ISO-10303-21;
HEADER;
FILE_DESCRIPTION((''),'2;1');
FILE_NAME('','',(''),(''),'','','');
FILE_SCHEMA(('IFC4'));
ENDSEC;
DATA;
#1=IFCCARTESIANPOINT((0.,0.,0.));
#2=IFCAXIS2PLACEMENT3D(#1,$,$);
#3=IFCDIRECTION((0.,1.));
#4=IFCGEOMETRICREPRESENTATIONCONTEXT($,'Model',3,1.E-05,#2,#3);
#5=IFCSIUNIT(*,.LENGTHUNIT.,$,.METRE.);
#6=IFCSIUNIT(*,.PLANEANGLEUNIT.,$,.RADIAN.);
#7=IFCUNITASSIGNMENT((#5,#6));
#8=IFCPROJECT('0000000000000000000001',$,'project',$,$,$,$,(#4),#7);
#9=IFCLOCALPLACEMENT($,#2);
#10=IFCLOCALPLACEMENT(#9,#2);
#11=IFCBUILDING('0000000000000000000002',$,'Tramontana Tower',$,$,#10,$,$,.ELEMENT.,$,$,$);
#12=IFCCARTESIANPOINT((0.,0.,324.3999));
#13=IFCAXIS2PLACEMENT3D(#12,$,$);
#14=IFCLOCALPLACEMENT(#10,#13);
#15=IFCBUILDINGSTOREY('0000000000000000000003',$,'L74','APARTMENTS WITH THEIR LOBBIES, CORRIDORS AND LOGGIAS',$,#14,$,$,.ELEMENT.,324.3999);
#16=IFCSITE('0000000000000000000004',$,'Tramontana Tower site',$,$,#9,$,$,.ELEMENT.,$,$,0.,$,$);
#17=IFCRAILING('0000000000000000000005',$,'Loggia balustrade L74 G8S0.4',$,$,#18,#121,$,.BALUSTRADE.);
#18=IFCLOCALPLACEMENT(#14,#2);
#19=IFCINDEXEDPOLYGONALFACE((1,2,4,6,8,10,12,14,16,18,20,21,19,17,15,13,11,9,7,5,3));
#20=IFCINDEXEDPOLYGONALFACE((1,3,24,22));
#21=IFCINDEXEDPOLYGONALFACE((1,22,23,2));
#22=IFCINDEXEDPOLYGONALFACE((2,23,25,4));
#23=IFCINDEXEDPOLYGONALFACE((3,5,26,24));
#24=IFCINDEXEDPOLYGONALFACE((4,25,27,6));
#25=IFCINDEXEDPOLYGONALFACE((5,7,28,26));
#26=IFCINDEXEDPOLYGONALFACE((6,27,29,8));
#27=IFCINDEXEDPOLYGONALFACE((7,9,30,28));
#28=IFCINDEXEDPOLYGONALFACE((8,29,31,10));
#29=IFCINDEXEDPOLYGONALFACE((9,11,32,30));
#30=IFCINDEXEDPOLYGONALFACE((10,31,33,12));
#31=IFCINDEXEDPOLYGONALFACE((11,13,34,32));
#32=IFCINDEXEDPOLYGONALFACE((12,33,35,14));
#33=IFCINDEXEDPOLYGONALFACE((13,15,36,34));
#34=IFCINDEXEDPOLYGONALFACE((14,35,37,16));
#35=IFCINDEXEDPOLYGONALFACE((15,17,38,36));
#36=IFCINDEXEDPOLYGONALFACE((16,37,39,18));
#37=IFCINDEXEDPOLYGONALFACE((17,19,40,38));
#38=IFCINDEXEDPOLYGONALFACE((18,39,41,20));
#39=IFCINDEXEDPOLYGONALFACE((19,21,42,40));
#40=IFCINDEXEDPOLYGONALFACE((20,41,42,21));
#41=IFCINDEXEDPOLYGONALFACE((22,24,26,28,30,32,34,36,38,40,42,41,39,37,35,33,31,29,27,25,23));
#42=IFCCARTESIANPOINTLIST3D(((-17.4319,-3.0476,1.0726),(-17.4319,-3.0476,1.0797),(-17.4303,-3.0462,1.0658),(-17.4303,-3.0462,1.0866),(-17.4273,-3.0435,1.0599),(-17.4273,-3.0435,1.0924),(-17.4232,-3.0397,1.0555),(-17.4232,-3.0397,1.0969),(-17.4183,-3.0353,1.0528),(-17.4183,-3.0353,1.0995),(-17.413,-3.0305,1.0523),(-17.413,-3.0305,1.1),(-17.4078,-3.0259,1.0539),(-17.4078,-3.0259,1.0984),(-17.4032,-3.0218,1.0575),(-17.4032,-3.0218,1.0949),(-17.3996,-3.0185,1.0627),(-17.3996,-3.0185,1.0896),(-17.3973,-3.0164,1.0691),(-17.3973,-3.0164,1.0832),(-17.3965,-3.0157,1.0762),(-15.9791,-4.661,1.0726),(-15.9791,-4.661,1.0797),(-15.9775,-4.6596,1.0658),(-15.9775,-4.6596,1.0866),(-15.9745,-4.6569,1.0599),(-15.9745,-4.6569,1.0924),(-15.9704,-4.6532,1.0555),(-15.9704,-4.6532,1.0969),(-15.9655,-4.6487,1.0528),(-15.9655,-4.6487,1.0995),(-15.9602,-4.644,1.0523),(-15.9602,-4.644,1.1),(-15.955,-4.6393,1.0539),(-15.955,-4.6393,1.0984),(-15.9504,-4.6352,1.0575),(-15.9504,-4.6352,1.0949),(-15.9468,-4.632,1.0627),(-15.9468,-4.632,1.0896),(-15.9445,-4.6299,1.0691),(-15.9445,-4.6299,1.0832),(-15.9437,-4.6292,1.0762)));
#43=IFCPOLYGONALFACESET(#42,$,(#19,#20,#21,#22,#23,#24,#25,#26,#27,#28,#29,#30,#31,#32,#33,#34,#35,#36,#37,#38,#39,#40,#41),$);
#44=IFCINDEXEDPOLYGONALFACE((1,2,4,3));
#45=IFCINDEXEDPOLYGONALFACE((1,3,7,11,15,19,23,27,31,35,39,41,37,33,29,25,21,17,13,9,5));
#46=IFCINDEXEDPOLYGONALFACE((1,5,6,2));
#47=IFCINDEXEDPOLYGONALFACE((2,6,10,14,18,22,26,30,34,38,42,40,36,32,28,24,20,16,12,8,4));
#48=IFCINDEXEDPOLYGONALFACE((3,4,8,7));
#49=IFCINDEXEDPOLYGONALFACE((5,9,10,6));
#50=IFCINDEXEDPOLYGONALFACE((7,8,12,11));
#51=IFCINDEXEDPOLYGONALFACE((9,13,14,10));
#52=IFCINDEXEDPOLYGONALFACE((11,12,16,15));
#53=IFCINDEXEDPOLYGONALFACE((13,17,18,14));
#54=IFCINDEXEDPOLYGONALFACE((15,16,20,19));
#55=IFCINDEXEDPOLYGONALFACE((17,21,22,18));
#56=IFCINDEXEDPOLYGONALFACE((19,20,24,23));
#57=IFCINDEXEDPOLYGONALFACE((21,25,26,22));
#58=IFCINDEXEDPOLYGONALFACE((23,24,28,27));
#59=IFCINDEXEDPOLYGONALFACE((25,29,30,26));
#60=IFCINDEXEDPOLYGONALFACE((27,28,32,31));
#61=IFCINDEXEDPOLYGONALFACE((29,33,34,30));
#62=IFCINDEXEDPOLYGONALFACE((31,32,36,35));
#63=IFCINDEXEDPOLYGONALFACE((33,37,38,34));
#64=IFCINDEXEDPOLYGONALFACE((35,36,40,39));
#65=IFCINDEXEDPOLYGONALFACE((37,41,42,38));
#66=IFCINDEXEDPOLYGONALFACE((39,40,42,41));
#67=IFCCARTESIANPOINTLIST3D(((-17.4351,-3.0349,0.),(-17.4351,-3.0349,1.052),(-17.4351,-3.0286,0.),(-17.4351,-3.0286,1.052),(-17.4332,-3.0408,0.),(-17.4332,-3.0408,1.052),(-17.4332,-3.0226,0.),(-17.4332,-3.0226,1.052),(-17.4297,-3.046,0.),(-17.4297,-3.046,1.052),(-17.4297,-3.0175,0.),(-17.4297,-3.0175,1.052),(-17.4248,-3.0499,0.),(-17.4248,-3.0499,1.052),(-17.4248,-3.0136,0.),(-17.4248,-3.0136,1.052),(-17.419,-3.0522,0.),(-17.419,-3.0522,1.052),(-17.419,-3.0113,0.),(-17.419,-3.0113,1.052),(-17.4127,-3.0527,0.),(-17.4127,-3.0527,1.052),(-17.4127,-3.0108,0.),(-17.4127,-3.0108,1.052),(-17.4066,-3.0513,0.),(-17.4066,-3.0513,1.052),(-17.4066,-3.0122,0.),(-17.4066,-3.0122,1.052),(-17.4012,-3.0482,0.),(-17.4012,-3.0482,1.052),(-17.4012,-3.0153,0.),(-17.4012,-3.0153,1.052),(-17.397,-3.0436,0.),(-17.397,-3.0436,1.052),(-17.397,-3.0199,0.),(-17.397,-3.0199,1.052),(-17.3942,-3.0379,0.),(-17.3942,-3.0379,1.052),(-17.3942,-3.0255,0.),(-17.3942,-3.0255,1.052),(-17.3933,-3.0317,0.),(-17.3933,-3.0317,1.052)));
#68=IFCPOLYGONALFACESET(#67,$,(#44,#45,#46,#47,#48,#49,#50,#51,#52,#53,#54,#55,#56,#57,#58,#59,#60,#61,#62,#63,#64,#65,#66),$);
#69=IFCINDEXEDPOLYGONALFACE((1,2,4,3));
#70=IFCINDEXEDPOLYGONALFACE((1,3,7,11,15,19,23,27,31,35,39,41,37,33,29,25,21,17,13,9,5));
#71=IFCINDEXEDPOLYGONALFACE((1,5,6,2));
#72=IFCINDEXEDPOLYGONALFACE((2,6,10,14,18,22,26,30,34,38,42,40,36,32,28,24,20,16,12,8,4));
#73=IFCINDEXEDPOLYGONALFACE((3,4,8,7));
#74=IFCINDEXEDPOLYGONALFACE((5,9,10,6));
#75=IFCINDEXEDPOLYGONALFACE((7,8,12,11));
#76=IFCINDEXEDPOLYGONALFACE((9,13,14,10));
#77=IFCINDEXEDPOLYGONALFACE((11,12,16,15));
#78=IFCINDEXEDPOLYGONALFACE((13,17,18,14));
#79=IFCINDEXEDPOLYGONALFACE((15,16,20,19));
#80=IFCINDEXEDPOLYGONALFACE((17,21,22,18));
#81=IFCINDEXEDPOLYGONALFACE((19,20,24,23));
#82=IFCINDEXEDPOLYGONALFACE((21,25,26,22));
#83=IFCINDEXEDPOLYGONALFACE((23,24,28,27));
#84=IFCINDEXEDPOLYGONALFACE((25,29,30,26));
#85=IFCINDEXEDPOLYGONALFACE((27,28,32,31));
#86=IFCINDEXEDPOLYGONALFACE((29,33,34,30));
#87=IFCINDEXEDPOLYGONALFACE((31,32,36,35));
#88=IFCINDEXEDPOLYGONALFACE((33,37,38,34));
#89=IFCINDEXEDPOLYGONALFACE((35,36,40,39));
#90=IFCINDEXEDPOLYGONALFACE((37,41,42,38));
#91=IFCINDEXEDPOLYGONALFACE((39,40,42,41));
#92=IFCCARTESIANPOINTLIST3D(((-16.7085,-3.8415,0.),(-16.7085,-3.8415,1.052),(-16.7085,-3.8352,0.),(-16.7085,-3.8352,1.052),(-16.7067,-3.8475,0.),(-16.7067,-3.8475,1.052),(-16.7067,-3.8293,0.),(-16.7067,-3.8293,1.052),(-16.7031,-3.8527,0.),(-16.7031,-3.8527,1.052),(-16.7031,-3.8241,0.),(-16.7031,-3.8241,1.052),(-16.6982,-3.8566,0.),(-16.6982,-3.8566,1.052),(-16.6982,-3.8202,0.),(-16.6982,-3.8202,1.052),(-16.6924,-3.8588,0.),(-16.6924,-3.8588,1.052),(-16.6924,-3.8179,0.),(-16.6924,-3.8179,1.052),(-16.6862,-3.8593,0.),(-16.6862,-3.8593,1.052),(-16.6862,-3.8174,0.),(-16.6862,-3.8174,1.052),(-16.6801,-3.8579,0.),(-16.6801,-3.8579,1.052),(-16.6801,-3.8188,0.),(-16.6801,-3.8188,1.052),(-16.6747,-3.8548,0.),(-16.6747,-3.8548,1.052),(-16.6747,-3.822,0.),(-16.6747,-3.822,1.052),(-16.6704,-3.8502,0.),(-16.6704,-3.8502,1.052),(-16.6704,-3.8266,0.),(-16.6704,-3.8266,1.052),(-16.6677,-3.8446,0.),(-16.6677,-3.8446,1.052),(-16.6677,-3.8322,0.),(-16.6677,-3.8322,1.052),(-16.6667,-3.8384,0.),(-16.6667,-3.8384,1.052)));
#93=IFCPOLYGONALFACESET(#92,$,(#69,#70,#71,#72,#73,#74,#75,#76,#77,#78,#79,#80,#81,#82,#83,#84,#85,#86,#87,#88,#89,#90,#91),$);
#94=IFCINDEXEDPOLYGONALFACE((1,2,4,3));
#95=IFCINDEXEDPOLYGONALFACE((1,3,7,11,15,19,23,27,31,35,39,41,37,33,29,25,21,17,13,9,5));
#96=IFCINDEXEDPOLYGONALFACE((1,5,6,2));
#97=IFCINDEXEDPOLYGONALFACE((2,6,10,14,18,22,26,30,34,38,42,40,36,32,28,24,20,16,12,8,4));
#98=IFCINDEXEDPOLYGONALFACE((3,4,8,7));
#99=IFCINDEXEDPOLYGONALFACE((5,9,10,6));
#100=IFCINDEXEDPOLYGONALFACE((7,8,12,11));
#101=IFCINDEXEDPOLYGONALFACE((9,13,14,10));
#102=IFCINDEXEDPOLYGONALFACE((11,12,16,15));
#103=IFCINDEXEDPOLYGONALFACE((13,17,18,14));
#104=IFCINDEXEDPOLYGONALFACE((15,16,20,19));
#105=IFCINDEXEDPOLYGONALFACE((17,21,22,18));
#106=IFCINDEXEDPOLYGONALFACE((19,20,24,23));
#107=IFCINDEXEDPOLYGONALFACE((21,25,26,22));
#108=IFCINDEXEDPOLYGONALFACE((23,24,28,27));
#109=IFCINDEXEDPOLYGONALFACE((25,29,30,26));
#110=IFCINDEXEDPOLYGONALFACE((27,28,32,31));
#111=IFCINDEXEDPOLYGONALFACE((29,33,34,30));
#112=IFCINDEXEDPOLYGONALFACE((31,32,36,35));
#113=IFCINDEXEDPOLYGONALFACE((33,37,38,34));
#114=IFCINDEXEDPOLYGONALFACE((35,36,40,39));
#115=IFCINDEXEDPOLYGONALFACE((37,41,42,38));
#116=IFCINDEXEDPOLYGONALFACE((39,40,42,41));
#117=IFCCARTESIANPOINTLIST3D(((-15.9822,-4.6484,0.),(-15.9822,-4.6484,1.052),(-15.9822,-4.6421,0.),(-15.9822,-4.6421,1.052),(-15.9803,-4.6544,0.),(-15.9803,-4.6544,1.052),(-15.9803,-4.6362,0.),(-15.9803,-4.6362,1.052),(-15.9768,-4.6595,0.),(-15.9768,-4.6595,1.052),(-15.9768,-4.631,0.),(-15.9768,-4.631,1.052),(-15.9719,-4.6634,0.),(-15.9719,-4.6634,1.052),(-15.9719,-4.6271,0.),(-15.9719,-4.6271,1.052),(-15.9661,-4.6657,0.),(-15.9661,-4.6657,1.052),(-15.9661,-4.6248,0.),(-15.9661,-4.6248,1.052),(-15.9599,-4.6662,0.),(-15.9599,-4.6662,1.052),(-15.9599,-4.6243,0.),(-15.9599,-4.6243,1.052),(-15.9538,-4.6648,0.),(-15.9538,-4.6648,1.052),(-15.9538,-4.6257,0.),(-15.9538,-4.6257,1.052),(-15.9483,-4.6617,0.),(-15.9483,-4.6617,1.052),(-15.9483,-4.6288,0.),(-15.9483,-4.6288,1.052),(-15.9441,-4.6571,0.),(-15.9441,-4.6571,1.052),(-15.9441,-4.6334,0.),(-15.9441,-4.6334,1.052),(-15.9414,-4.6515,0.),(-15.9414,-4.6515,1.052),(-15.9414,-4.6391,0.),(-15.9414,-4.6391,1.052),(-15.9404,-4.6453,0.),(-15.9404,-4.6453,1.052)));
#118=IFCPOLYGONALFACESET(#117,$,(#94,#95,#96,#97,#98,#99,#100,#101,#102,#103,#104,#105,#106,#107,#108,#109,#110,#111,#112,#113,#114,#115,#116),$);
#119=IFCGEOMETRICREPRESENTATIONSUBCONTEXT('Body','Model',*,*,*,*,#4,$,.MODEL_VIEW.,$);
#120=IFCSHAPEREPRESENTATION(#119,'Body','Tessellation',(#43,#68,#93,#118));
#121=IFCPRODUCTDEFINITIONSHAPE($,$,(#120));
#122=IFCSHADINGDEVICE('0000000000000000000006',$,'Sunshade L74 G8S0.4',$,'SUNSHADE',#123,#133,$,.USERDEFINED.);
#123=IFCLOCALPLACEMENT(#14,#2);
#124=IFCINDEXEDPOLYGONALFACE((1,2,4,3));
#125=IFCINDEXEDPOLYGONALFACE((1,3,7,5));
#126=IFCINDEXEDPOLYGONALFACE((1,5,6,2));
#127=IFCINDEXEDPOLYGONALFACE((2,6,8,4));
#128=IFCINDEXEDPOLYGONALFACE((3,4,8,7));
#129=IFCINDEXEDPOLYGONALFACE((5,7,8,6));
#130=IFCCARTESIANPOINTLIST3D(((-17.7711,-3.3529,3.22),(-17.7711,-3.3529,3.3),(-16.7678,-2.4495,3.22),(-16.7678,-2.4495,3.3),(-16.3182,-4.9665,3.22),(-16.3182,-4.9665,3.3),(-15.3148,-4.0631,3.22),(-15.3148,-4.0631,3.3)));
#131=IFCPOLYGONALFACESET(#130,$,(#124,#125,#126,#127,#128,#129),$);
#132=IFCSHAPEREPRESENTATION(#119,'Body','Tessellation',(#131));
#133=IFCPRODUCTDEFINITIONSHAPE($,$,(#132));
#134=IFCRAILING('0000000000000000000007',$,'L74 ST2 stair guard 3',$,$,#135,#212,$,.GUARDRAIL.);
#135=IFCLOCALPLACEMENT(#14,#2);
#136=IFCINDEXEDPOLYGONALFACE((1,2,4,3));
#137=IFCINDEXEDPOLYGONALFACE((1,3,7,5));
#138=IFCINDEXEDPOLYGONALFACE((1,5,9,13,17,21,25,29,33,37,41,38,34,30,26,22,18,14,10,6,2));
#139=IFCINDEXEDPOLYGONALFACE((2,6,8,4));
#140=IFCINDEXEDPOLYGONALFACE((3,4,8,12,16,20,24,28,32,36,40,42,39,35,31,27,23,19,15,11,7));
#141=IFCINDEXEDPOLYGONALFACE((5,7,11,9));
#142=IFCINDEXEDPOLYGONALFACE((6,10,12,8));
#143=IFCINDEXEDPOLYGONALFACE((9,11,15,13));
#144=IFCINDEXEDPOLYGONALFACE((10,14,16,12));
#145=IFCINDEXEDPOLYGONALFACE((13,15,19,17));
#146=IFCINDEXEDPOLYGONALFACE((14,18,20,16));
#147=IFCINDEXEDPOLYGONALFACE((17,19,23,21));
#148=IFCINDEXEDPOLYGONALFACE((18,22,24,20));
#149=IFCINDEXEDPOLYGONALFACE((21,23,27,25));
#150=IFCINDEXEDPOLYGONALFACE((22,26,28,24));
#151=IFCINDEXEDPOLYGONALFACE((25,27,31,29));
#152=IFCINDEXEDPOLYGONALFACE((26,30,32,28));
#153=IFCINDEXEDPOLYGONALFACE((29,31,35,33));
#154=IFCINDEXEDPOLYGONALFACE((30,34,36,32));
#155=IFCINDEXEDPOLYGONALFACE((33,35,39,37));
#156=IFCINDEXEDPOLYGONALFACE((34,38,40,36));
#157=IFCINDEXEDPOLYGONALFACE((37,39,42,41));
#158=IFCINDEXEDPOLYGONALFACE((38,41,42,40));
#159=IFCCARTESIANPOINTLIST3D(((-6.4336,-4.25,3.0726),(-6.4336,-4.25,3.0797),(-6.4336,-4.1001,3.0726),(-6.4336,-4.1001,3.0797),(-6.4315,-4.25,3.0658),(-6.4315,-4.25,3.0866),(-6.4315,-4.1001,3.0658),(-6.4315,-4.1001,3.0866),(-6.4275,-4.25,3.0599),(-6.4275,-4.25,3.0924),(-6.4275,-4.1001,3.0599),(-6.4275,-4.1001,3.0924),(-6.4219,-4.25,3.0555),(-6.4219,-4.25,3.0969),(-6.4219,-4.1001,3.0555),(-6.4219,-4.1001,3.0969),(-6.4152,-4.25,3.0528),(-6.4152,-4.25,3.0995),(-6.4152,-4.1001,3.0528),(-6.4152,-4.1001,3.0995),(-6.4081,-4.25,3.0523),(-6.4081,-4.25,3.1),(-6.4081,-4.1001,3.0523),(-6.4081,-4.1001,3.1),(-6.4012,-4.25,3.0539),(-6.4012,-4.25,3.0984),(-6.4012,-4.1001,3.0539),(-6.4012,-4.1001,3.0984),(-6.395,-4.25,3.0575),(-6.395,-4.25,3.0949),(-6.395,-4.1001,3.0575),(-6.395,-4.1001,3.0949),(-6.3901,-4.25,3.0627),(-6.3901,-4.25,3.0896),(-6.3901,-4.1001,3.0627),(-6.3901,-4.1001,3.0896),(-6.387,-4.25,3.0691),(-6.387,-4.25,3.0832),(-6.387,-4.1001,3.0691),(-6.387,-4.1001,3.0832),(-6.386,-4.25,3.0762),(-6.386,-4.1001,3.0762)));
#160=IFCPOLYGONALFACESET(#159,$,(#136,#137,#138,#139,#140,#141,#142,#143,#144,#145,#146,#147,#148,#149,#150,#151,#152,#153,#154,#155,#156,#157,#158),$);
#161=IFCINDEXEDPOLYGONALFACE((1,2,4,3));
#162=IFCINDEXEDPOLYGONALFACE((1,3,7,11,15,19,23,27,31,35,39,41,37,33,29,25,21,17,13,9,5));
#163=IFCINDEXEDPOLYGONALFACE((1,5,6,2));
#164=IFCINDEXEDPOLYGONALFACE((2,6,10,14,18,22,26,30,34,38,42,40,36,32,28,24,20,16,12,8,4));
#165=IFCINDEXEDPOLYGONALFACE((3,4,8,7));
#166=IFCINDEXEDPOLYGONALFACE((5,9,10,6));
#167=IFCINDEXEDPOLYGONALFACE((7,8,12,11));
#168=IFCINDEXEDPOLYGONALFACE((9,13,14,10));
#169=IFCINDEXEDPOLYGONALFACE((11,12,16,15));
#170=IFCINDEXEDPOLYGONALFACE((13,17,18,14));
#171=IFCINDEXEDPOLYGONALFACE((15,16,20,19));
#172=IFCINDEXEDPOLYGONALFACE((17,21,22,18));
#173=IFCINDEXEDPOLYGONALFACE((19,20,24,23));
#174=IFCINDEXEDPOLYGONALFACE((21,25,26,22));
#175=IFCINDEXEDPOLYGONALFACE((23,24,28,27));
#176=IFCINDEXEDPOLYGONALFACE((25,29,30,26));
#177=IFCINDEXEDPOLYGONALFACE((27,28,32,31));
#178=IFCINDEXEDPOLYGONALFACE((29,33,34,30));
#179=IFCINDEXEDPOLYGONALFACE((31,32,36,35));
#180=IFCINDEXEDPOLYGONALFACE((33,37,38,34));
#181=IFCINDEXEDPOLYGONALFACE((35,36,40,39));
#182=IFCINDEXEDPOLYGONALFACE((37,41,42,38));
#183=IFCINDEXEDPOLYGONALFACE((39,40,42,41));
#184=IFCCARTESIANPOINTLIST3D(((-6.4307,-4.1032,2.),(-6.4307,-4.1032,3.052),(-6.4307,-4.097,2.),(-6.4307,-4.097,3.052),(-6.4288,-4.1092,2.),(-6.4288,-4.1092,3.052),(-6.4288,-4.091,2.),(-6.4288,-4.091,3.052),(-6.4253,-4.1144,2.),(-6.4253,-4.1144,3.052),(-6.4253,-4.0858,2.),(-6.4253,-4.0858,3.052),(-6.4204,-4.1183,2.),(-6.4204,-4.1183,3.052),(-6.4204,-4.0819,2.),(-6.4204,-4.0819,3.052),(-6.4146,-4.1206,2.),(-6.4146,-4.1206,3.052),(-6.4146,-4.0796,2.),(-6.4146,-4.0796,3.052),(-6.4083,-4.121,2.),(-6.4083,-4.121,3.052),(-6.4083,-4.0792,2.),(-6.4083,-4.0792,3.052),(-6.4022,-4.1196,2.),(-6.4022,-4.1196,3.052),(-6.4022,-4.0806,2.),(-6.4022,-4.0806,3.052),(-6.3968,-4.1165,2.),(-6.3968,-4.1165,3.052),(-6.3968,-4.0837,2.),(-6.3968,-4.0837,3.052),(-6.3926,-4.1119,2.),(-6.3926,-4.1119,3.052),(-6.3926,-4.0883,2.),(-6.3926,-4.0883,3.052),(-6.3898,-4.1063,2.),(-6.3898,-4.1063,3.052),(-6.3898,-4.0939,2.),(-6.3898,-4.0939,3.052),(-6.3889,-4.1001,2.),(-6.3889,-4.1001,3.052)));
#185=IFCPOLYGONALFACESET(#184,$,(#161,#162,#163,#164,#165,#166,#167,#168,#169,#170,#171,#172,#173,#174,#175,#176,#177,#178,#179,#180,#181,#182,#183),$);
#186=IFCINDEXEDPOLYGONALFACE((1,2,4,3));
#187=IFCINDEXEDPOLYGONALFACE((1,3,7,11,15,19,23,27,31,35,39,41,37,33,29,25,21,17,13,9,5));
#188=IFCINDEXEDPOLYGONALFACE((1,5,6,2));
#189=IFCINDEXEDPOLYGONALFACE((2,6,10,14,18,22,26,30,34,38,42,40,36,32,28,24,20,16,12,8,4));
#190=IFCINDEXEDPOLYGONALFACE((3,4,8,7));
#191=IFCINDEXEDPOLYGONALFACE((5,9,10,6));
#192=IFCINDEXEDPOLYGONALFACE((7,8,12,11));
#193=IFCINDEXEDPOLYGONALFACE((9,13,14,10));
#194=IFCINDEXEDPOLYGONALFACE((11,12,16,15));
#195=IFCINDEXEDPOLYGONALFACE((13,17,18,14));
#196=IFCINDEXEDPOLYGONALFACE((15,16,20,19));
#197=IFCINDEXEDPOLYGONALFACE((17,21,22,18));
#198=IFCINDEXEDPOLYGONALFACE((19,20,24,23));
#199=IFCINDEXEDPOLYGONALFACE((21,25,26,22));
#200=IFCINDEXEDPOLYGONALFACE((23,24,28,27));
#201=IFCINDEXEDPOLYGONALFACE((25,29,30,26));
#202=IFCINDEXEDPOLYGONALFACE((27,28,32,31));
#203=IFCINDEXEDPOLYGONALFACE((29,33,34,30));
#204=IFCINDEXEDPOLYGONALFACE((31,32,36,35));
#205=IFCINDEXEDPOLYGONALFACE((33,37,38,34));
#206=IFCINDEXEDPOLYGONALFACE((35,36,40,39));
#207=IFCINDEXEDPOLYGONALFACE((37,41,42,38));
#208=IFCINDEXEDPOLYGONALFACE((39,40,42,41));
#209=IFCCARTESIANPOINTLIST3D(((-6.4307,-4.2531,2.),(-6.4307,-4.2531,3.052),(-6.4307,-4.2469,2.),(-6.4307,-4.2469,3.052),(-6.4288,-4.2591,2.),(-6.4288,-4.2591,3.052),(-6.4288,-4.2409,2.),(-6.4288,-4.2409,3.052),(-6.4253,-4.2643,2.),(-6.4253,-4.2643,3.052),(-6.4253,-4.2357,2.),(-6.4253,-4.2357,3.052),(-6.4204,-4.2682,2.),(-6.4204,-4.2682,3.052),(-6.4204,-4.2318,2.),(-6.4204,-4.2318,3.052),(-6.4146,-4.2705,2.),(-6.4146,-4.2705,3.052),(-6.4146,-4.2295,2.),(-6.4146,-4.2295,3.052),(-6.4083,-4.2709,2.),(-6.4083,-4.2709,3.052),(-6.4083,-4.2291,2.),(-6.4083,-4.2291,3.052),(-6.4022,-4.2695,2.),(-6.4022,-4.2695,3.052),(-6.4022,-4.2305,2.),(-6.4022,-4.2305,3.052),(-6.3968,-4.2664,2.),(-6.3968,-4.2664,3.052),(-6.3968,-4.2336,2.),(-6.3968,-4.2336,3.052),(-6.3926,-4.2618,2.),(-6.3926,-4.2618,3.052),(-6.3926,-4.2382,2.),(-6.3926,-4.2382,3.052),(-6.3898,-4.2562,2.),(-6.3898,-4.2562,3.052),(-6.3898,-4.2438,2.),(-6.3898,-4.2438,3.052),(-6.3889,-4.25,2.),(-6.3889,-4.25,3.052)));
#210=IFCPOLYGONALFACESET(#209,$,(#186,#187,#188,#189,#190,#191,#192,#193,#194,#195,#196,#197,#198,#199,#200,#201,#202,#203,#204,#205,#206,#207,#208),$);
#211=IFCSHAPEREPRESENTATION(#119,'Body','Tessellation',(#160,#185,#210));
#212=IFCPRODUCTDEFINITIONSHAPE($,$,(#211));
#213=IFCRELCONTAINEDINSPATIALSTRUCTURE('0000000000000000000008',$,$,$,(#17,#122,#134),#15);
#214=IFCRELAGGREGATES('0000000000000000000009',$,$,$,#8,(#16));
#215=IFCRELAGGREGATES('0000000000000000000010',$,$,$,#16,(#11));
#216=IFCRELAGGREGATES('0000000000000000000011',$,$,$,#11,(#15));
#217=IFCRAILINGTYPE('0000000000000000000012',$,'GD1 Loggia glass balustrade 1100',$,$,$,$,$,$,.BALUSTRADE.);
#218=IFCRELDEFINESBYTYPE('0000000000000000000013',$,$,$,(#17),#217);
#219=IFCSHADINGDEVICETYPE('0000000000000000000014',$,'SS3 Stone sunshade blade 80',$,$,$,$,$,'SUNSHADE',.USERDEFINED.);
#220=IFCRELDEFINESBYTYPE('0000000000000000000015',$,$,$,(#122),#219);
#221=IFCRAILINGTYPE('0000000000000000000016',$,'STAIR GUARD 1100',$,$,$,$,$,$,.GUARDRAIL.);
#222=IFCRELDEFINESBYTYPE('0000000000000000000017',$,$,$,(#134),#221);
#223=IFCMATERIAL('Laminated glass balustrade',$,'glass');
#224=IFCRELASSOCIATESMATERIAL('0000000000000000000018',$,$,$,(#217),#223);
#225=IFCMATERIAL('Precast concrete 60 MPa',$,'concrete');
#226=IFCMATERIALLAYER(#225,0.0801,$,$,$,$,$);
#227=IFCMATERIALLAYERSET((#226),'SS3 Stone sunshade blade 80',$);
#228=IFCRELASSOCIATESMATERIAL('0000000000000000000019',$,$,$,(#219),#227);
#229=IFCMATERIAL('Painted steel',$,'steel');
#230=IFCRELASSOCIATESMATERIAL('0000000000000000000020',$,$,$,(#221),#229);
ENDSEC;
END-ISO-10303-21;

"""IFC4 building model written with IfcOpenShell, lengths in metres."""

from ifc_helpers import new_model, si_unit, direction, frame, origin, origin_2d, place, context, subcontext, project, spatial, rectangle, circle, extrude, material, layer, layer_set, type_object, element, save


model = new_model("IFC4")

# Units and contexts
model_context = context("Model", 3, precision=1e-05, world=origin(), true_north=direction((0.0, 1.0)))
body_context = subcontext(model_context, "Body", "Model", "MODEL_VIEW")
ifc_project = project(units=[si_unit("LENGTHUNIT", "METRE"), si_unit("PLANEANGLEUNIT", "RADIAN")], contexts=[model_context])

# Site, building, storey
site_placement = place(None, origin())
site = spatial("IfcSite", under=ifc_project, at=site_placement, Name="Tramontana Tower site", CompositionType="ELEMENT", RefElevation=0.0)
building_placement = place(site_placement, origin())
building = spatial("IfcBuilding", under=site, at=building_placement, Name="Tramontana Tower", CompositionType="ELEMENT")
storey_placement = place(building_placement, frame((0.0, 0.0, 324.3999)))
storey = spatial("IfcBuildingStorey", under=building, at=storey_placement, Name="L74", Description="APARTMENTS WITH THEIR LOBBIES, CORRIDORS AND LOGGIAS", CompositionType="ELEMENT", Elevation=324.3999)

# Railing
ifc_material_1 = material(Name="Laminated glass balustrade", Category="glass")
railing_type_1 = type_object("IfcRailingType", Name="GD1 Loggia glass balustrade 1100", PredefinedType="BALUSTRADE", material=ifc_material_1)
railing_1_placement = place(storey_placement, frame((-17.4143, -3.0317, 0.0)))
element("IfcRailing", 1, at=railing_1_placement, inside=storey, type_object=railing_type_1, Name="Loggia balustrade L74 G8S0.4", PredefinedType="BALUSTRADE", context=body_context, shape_type="SweptSolid", body=[
    extrude(circle(Radius=0.0239, at=origin_2d()), frame((0.0, 0.0, 1.0762), z_axis=(0.669145, -0.743132, 0.0), x_axis=(0.743132, 0.669145, 0.0)), (0.0, 0.0, 1.0), 2.1711),
    extrude(circle(Radius=0.021, at=origin_2d()), origin(), (0.0, 0.0, 1.0), 1.052),
    extrude(circle(Radius=0.021, at=origin_2d()), frame((0.7266, -0.8066, 0.0)), (0.0, 0.0, 1.0), 1.052),
    extrude(circle(Radius=0.021, at=origin_2d()), frame((1.4529, -1.6135, 0.0)), (0.0, 0.0, 1.0), 1.052),
])

# Shading device
ifc_material_2 = material(Name="Precast concrete 60 MPa", Category="concrete")
ifc_layer_1 = layer(ifc_material_2, 0.0801)
ifc_layer_set_1 = layer_set([ifc_layer_1], Name="SS3 Stone sunshade blade 80")
shading_device_type = type_object("IfcShadingDeviceType", Name="SS3 Stone sunshade blade 80", ElementType="SUNSHADE", PredefinedType="USERDEFINED", material=ifc_layer_set_1)
shading_device_placement = place(storey_placement, frame((-16.543, -3.708, 3.22), z_axis=(0.0, 0.0, 1.0), x_axis=(0.669131, -0.743145, 0.0)))
element("IfcShadingDevice", 2, at=shading_device_placement, inside=storey, type_object=shading_device_type, Name="Sunshade L74 G8S0.4", ObjectType="SUNSHADE", PredefinedType="USERDEFINED", context=body_context, shape_type="SweptSolid", body=[
    extrude(rectangle(XDim=2.1714, YDim=1.3501, at=origin_2d()), origin(), (0.0, 0.0, 1.0), 0.0801),
])

# Railing
ifc_material_3 = material(Name="Painted steel", Category="steel")
railing_type_2 = type_object("IfcRailingType", Name="STAIR GUARD 1100", PredefinedType="GUARDRAIL", material=ifc_material_3)
railing_2_placement = place(storey_placement, frame((-6.4099, -4.1001, 2.0)))
element("IfcRailing", 3, at=railing_2_placement, inside=storey, type_object=railing_type_2, Name="L74 ST2 stair guard 3", PredefinedType="GUARDRAIL", context=body_context, shape_type="SweptSolid", body=[
    extrude(circle(Radius=0.0239, at=origin_2d()), frame((0.0, 0.0, 1.0762), z_axis=(0.0, -1.0, 0.0), x_axis=(1.0, 0.0, 0.0)), (0.0, 0.0, 1.0), 0.1499),
    extrude(circle(Radius=0.021, at=origin_2d()), origin(), (0.0, 0.0, 1.0), 1.052),
    extrude(circle(Radius=0.021, at=origin_2d()), frame((0.0, -0.1499, 0.0)), (0.0, 0.0, 1.0), 1.052),
])

save(model, "model.ifc")
